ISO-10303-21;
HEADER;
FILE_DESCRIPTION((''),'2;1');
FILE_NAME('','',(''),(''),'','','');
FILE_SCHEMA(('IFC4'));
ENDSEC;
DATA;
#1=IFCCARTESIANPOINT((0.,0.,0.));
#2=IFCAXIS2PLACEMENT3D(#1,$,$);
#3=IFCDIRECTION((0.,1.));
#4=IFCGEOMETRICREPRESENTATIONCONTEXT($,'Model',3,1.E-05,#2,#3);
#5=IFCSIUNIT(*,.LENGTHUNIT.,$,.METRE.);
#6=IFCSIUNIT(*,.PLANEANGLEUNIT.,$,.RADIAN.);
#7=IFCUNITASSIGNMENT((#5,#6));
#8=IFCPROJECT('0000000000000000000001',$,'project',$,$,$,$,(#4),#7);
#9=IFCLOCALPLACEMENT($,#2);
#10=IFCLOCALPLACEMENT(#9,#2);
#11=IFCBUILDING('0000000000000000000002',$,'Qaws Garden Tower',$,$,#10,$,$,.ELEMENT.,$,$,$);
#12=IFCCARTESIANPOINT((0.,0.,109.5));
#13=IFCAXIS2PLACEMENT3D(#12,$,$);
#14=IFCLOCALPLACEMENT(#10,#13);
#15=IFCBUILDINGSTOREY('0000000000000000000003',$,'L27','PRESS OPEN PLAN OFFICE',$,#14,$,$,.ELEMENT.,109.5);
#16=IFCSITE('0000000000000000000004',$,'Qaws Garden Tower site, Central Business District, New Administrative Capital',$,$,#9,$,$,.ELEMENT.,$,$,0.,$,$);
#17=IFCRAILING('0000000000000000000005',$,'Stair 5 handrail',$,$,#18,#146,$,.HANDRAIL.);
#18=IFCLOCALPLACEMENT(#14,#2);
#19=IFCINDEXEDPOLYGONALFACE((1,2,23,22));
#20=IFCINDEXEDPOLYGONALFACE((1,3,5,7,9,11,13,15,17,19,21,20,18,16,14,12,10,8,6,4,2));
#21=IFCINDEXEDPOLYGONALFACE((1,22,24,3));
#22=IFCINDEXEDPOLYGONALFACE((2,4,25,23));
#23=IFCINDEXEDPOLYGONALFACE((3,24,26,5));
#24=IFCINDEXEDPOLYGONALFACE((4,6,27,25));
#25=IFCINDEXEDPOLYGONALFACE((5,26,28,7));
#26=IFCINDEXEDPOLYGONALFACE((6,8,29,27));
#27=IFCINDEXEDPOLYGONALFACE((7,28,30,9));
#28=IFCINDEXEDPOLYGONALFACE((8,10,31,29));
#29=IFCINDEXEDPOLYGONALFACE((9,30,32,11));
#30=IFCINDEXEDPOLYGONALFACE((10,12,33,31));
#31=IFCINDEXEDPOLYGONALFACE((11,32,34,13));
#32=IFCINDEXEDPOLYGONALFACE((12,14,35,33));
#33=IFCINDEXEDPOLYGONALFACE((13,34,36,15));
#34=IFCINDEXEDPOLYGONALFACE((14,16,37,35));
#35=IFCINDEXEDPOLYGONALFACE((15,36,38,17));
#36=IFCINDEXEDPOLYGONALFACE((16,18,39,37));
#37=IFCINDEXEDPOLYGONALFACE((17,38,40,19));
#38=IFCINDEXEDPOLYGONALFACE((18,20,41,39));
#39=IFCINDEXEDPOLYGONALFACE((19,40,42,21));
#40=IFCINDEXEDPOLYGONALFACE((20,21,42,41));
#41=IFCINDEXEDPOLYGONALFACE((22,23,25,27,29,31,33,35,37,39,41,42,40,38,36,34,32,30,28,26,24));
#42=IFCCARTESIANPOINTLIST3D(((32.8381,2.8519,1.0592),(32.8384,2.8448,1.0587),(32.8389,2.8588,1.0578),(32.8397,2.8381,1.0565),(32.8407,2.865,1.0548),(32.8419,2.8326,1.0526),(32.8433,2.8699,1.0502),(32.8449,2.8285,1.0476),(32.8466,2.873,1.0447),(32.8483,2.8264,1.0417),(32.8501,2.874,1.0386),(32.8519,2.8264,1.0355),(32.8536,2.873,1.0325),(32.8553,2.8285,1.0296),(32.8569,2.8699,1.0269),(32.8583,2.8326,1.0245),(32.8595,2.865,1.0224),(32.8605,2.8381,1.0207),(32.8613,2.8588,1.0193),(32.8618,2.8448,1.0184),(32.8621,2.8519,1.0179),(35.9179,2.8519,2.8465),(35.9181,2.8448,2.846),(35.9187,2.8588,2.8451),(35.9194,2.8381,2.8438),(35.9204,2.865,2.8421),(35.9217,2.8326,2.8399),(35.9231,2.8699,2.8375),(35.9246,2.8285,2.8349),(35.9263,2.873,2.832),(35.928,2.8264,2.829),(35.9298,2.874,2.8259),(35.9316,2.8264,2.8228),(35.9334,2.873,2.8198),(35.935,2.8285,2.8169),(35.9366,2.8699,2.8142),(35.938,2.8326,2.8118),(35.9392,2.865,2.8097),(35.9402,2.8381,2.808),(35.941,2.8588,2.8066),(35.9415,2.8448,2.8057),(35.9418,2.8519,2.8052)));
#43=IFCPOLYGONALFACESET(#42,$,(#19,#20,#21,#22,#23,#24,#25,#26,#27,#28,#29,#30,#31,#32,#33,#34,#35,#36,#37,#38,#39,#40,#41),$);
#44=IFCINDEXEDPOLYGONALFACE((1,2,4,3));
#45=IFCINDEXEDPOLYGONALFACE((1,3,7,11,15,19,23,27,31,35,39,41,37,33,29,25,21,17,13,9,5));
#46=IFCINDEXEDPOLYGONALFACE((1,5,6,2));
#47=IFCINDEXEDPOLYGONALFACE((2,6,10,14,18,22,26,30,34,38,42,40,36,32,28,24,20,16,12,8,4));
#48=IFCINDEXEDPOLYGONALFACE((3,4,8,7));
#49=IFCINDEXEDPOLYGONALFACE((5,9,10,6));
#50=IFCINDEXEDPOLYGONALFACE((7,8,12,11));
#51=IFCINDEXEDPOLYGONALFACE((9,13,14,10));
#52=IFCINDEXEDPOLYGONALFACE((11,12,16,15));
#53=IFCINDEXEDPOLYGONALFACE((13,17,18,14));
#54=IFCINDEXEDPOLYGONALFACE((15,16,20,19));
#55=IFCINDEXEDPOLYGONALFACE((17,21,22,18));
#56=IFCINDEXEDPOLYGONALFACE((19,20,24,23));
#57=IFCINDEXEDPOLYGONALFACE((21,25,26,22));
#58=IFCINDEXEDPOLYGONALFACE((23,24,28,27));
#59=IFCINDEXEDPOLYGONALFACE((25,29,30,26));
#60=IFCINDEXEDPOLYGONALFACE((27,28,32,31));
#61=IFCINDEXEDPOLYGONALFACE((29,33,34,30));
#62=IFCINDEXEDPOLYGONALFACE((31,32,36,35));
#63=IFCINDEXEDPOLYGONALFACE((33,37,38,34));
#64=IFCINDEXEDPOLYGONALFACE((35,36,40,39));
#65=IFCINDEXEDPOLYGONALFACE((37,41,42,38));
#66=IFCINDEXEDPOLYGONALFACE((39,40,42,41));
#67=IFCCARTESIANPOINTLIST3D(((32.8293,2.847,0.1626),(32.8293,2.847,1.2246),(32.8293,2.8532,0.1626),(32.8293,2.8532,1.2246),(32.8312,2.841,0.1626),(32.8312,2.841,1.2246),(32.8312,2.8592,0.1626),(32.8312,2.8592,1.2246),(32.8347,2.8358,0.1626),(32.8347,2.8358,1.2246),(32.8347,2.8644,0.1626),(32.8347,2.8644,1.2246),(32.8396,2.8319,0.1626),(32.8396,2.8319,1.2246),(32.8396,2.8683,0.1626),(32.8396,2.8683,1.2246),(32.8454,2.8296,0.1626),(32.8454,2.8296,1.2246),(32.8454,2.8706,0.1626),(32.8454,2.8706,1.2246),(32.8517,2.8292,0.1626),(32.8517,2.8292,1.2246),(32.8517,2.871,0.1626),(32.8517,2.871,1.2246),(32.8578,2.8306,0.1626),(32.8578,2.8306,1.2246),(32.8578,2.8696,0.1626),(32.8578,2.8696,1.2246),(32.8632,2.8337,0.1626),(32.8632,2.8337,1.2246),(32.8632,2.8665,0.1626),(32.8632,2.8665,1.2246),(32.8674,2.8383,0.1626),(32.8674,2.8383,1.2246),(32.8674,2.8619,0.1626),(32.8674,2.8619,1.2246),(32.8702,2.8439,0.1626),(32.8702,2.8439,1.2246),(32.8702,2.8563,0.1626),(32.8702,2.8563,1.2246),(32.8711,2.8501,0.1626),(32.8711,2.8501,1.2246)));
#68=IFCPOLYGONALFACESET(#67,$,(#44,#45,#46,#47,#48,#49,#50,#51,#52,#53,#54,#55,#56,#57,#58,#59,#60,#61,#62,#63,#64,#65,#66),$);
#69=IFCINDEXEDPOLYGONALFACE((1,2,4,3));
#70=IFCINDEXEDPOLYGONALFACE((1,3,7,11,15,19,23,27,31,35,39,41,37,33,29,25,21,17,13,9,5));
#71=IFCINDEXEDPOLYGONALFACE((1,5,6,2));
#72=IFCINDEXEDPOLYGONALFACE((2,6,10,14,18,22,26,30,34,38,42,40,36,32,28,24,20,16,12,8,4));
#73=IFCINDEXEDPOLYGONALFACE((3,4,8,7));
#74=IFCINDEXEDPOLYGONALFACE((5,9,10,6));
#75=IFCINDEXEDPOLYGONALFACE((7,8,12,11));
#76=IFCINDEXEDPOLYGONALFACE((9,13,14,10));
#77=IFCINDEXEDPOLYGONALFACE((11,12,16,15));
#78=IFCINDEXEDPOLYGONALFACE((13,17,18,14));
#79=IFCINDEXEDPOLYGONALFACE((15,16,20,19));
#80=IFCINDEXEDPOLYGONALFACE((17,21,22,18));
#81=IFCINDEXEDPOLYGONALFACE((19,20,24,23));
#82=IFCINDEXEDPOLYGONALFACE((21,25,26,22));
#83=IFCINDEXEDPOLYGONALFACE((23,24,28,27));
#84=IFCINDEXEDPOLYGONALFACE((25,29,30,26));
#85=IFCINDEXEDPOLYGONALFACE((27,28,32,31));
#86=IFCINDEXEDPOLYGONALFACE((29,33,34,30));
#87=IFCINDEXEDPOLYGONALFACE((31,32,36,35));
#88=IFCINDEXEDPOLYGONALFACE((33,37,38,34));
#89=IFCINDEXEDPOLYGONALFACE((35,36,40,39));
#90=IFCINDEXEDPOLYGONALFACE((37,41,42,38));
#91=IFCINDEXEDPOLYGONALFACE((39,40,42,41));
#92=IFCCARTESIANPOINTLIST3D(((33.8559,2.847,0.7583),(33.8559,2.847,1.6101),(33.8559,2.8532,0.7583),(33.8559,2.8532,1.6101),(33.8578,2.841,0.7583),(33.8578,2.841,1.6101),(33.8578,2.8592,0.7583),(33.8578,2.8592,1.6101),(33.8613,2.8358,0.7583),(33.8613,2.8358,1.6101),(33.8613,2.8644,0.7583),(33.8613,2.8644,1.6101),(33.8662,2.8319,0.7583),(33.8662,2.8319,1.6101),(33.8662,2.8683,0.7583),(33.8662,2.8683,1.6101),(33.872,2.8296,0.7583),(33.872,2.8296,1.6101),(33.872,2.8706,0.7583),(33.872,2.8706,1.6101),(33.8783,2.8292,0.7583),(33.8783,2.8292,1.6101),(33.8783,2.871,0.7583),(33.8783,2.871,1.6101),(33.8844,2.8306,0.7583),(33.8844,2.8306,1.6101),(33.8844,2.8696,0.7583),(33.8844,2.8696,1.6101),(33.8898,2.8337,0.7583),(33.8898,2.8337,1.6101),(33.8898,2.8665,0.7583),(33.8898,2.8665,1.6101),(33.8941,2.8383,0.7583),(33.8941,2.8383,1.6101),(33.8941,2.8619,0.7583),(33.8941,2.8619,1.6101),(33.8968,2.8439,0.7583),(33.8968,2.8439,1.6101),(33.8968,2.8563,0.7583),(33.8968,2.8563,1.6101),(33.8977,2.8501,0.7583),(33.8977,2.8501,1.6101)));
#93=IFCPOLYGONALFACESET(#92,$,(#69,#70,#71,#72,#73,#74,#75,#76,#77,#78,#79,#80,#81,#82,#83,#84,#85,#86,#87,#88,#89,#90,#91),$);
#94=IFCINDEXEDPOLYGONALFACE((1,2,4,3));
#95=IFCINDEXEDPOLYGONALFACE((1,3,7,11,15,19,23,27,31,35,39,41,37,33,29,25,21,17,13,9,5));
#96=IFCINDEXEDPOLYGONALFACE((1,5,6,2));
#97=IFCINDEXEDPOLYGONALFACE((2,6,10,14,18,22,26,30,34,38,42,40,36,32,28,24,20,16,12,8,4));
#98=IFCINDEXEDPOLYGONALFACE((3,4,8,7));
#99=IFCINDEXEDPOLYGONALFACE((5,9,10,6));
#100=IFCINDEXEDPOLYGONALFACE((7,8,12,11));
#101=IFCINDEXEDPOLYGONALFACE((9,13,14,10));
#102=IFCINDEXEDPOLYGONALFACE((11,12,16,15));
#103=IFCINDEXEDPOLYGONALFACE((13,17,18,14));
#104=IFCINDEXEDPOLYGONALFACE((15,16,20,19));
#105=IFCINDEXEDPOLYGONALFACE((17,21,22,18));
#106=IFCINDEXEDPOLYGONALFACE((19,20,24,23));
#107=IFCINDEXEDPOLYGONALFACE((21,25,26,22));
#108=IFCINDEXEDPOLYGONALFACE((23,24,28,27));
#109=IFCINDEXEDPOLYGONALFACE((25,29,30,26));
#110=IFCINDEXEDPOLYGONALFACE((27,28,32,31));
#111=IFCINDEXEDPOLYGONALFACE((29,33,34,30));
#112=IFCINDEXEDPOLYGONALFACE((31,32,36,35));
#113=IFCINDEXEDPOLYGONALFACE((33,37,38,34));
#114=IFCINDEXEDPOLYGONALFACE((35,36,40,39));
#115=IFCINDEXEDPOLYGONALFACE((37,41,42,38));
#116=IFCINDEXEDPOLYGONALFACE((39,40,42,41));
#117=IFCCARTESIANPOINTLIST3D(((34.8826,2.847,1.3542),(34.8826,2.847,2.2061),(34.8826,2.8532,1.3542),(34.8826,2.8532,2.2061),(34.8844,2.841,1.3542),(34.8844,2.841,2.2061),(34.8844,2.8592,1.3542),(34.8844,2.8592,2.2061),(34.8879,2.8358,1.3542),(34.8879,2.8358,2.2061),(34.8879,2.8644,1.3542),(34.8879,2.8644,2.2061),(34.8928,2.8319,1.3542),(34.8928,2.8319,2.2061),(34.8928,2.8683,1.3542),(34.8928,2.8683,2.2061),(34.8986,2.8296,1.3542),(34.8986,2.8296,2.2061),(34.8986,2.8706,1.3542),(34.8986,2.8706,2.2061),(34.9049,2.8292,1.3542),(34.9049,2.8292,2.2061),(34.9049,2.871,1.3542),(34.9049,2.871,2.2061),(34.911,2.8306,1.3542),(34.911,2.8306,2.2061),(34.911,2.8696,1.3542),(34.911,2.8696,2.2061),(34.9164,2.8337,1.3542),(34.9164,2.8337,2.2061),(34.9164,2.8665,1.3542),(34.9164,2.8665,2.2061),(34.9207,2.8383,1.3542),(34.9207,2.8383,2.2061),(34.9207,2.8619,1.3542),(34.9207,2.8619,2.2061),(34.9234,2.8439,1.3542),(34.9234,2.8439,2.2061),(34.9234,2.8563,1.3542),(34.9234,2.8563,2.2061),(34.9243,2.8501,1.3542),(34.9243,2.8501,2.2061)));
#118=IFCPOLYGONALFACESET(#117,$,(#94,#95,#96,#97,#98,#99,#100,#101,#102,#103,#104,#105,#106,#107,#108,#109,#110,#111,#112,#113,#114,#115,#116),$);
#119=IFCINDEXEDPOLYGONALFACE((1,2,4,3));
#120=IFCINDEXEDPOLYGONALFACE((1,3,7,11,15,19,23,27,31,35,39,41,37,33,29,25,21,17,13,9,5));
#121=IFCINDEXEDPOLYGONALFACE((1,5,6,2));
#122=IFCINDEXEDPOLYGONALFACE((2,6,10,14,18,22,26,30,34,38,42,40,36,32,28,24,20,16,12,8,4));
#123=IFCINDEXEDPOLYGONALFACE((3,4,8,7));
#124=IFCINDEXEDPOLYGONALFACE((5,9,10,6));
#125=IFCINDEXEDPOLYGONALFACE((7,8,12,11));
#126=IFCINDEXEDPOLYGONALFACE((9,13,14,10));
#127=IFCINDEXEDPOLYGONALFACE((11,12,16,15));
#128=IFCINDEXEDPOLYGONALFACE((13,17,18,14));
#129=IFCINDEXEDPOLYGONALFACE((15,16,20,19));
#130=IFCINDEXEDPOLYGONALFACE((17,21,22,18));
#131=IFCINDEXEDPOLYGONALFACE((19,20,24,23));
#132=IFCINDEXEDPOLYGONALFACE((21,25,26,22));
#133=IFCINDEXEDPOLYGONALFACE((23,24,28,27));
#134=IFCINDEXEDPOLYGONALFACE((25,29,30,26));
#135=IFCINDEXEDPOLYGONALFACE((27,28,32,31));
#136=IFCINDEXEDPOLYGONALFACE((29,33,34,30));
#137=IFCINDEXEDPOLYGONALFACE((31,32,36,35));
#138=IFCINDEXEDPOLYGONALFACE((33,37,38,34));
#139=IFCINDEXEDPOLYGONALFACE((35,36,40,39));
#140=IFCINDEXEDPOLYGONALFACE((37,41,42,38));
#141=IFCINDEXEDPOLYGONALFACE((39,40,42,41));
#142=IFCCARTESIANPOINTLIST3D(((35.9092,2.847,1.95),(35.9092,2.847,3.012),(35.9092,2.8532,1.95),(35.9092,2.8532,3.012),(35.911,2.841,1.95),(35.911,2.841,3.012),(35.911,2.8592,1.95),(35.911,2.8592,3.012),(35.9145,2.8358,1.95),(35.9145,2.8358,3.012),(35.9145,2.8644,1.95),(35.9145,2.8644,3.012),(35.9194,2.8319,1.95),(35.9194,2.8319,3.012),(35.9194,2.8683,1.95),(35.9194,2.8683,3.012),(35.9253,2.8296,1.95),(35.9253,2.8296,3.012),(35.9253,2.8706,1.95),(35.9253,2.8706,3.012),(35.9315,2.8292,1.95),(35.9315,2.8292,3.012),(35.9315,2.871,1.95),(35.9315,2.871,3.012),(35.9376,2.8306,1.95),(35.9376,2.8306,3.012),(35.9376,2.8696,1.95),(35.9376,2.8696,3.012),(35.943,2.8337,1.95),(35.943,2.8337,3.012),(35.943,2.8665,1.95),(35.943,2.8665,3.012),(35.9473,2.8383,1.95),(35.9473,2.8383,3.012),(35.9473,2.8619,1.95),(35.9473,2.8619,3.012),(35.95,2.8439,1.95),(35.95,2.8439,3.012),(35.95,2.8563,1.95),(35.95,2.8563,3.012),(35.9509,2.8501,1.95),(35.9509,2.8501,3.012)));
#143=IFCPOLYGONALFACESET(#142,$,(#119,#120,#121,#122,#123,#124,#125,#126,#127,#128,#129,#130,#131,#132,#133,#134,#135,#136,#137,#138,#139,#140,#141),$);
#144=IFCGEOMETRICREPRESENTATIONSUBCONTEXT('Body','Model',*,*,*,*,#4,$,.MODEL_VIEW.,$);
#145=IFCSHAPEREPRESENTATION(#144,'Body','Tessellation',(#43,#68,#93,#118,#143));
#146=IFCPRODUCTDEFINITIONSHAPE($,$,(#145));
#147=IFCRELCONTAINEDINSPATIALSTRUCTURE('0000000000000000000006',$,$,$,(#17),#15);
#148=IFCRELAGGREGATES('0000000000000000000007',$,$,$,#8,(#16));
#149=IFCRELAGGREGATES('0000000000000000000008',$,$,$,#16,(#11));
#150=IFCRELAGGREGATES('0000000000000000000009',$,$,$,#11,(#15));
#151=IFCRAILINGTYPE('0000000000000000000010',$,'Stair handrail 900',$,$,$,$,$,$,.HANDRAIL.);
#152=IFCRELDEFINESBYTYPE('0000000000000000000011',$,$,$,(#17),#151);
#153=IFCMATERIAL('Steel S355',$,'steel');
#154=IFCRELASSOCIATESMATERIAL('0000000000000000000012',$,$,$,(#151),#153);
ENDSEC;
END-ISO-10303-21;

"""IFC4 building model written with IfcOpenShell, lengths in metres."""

from ifc_helpers import new_model, si_unit, direction, frame, origin, origin_2d, place, context, subcontext, project, spatial, circle, extrude, material, type_object, element, save


model = new_model("IFC4")

# Units and contexts
model_context = context("Model", 3, precision=1e-05, world=origin(), true_north=direction((0.0, 1.0)))
body_context = subcontext(model_context, "Body", "Model", "MODEL_VIEW")
ifc_project = project(units=[si_unit("LENGTHUNIT", "METRE"), si_unit("PLANEANGLEUNIT", "RADIAN")], contexts=[model_context])

# Site, building, storey
site_placement = place(None, origin())
site = spatial("IfcSite", under=ifc_project, at=site_placement, Name="Qaws Garden Tower site, Central Business District, New Administrative Capital", CompositionType="ELEMENT", RefElevation=0.0)
building_placement = place(site_placement, origin())
building = spatial("IfcBuilding", under=site, at=building_placement, Name="Qaws Garden Tower", CompositionType="ELEMENT")
storey_placement = place(building_placement, frame((0.0, 0.0, 109.5)))
storey = spatial("IfcBuildingStorey", under=building, at=storey_placement, Name="L27", Description="PRESS OPEN PLAN OFFICE", CompositionType="ELEMENT", Elevation=109.5)

# Railing
ifc_material_1 = material(Name="Steel S355", Category="steel")
railing_type = type_object("IfcRailingType", Name="Stair handrail 900", PredefinedType="HANDRAIL", material=ifc_material_1)
railing_1_placement = place(storey_placement, frame((32.8501, 2.8501, 0.1626)))
element("IfcRailing", 1, at=railing_1_placement, inside=storey, type_object=railing_type, Name="Stair 5 handrail", PredefinedType="HANDRAIL", context=body_context, shape_type="SweptSolid", body=[
    extrude(circle(Radius=0.0239, at=origin_2d()), frame((0.0, 0.0, 0.876), z_axis=(0.864903, 0.0, 0.501939), x_axis=(0.0, 1.0, 0.0)), (0.0, 0.0, 1.0), 3.5608),
    extrude(circle(Radius=0.021, at=origin_2d()), origin(), (0.0, 0.0, 1.0), 1.062),
    extrude(circle(Radius=0.021, at=origin_2d()), frame((1.0266, 0.0, 0.5957)), (0.0, 0.0, 1.0), 0.8518),
    extrude(circle(Radius=0.021, at=origin_2d()), frame((2.0532, 0.0, 1.1917)), (0.0, 0.0, 1.0), 0.8518),
    extrude(circle(Radius=0.021, at=origin_2d()), frame((3.0798, 0.0, 1.7874)), (0.0, 0.0, 1.0), 1.062),
])

save(model, "model.ifc")
